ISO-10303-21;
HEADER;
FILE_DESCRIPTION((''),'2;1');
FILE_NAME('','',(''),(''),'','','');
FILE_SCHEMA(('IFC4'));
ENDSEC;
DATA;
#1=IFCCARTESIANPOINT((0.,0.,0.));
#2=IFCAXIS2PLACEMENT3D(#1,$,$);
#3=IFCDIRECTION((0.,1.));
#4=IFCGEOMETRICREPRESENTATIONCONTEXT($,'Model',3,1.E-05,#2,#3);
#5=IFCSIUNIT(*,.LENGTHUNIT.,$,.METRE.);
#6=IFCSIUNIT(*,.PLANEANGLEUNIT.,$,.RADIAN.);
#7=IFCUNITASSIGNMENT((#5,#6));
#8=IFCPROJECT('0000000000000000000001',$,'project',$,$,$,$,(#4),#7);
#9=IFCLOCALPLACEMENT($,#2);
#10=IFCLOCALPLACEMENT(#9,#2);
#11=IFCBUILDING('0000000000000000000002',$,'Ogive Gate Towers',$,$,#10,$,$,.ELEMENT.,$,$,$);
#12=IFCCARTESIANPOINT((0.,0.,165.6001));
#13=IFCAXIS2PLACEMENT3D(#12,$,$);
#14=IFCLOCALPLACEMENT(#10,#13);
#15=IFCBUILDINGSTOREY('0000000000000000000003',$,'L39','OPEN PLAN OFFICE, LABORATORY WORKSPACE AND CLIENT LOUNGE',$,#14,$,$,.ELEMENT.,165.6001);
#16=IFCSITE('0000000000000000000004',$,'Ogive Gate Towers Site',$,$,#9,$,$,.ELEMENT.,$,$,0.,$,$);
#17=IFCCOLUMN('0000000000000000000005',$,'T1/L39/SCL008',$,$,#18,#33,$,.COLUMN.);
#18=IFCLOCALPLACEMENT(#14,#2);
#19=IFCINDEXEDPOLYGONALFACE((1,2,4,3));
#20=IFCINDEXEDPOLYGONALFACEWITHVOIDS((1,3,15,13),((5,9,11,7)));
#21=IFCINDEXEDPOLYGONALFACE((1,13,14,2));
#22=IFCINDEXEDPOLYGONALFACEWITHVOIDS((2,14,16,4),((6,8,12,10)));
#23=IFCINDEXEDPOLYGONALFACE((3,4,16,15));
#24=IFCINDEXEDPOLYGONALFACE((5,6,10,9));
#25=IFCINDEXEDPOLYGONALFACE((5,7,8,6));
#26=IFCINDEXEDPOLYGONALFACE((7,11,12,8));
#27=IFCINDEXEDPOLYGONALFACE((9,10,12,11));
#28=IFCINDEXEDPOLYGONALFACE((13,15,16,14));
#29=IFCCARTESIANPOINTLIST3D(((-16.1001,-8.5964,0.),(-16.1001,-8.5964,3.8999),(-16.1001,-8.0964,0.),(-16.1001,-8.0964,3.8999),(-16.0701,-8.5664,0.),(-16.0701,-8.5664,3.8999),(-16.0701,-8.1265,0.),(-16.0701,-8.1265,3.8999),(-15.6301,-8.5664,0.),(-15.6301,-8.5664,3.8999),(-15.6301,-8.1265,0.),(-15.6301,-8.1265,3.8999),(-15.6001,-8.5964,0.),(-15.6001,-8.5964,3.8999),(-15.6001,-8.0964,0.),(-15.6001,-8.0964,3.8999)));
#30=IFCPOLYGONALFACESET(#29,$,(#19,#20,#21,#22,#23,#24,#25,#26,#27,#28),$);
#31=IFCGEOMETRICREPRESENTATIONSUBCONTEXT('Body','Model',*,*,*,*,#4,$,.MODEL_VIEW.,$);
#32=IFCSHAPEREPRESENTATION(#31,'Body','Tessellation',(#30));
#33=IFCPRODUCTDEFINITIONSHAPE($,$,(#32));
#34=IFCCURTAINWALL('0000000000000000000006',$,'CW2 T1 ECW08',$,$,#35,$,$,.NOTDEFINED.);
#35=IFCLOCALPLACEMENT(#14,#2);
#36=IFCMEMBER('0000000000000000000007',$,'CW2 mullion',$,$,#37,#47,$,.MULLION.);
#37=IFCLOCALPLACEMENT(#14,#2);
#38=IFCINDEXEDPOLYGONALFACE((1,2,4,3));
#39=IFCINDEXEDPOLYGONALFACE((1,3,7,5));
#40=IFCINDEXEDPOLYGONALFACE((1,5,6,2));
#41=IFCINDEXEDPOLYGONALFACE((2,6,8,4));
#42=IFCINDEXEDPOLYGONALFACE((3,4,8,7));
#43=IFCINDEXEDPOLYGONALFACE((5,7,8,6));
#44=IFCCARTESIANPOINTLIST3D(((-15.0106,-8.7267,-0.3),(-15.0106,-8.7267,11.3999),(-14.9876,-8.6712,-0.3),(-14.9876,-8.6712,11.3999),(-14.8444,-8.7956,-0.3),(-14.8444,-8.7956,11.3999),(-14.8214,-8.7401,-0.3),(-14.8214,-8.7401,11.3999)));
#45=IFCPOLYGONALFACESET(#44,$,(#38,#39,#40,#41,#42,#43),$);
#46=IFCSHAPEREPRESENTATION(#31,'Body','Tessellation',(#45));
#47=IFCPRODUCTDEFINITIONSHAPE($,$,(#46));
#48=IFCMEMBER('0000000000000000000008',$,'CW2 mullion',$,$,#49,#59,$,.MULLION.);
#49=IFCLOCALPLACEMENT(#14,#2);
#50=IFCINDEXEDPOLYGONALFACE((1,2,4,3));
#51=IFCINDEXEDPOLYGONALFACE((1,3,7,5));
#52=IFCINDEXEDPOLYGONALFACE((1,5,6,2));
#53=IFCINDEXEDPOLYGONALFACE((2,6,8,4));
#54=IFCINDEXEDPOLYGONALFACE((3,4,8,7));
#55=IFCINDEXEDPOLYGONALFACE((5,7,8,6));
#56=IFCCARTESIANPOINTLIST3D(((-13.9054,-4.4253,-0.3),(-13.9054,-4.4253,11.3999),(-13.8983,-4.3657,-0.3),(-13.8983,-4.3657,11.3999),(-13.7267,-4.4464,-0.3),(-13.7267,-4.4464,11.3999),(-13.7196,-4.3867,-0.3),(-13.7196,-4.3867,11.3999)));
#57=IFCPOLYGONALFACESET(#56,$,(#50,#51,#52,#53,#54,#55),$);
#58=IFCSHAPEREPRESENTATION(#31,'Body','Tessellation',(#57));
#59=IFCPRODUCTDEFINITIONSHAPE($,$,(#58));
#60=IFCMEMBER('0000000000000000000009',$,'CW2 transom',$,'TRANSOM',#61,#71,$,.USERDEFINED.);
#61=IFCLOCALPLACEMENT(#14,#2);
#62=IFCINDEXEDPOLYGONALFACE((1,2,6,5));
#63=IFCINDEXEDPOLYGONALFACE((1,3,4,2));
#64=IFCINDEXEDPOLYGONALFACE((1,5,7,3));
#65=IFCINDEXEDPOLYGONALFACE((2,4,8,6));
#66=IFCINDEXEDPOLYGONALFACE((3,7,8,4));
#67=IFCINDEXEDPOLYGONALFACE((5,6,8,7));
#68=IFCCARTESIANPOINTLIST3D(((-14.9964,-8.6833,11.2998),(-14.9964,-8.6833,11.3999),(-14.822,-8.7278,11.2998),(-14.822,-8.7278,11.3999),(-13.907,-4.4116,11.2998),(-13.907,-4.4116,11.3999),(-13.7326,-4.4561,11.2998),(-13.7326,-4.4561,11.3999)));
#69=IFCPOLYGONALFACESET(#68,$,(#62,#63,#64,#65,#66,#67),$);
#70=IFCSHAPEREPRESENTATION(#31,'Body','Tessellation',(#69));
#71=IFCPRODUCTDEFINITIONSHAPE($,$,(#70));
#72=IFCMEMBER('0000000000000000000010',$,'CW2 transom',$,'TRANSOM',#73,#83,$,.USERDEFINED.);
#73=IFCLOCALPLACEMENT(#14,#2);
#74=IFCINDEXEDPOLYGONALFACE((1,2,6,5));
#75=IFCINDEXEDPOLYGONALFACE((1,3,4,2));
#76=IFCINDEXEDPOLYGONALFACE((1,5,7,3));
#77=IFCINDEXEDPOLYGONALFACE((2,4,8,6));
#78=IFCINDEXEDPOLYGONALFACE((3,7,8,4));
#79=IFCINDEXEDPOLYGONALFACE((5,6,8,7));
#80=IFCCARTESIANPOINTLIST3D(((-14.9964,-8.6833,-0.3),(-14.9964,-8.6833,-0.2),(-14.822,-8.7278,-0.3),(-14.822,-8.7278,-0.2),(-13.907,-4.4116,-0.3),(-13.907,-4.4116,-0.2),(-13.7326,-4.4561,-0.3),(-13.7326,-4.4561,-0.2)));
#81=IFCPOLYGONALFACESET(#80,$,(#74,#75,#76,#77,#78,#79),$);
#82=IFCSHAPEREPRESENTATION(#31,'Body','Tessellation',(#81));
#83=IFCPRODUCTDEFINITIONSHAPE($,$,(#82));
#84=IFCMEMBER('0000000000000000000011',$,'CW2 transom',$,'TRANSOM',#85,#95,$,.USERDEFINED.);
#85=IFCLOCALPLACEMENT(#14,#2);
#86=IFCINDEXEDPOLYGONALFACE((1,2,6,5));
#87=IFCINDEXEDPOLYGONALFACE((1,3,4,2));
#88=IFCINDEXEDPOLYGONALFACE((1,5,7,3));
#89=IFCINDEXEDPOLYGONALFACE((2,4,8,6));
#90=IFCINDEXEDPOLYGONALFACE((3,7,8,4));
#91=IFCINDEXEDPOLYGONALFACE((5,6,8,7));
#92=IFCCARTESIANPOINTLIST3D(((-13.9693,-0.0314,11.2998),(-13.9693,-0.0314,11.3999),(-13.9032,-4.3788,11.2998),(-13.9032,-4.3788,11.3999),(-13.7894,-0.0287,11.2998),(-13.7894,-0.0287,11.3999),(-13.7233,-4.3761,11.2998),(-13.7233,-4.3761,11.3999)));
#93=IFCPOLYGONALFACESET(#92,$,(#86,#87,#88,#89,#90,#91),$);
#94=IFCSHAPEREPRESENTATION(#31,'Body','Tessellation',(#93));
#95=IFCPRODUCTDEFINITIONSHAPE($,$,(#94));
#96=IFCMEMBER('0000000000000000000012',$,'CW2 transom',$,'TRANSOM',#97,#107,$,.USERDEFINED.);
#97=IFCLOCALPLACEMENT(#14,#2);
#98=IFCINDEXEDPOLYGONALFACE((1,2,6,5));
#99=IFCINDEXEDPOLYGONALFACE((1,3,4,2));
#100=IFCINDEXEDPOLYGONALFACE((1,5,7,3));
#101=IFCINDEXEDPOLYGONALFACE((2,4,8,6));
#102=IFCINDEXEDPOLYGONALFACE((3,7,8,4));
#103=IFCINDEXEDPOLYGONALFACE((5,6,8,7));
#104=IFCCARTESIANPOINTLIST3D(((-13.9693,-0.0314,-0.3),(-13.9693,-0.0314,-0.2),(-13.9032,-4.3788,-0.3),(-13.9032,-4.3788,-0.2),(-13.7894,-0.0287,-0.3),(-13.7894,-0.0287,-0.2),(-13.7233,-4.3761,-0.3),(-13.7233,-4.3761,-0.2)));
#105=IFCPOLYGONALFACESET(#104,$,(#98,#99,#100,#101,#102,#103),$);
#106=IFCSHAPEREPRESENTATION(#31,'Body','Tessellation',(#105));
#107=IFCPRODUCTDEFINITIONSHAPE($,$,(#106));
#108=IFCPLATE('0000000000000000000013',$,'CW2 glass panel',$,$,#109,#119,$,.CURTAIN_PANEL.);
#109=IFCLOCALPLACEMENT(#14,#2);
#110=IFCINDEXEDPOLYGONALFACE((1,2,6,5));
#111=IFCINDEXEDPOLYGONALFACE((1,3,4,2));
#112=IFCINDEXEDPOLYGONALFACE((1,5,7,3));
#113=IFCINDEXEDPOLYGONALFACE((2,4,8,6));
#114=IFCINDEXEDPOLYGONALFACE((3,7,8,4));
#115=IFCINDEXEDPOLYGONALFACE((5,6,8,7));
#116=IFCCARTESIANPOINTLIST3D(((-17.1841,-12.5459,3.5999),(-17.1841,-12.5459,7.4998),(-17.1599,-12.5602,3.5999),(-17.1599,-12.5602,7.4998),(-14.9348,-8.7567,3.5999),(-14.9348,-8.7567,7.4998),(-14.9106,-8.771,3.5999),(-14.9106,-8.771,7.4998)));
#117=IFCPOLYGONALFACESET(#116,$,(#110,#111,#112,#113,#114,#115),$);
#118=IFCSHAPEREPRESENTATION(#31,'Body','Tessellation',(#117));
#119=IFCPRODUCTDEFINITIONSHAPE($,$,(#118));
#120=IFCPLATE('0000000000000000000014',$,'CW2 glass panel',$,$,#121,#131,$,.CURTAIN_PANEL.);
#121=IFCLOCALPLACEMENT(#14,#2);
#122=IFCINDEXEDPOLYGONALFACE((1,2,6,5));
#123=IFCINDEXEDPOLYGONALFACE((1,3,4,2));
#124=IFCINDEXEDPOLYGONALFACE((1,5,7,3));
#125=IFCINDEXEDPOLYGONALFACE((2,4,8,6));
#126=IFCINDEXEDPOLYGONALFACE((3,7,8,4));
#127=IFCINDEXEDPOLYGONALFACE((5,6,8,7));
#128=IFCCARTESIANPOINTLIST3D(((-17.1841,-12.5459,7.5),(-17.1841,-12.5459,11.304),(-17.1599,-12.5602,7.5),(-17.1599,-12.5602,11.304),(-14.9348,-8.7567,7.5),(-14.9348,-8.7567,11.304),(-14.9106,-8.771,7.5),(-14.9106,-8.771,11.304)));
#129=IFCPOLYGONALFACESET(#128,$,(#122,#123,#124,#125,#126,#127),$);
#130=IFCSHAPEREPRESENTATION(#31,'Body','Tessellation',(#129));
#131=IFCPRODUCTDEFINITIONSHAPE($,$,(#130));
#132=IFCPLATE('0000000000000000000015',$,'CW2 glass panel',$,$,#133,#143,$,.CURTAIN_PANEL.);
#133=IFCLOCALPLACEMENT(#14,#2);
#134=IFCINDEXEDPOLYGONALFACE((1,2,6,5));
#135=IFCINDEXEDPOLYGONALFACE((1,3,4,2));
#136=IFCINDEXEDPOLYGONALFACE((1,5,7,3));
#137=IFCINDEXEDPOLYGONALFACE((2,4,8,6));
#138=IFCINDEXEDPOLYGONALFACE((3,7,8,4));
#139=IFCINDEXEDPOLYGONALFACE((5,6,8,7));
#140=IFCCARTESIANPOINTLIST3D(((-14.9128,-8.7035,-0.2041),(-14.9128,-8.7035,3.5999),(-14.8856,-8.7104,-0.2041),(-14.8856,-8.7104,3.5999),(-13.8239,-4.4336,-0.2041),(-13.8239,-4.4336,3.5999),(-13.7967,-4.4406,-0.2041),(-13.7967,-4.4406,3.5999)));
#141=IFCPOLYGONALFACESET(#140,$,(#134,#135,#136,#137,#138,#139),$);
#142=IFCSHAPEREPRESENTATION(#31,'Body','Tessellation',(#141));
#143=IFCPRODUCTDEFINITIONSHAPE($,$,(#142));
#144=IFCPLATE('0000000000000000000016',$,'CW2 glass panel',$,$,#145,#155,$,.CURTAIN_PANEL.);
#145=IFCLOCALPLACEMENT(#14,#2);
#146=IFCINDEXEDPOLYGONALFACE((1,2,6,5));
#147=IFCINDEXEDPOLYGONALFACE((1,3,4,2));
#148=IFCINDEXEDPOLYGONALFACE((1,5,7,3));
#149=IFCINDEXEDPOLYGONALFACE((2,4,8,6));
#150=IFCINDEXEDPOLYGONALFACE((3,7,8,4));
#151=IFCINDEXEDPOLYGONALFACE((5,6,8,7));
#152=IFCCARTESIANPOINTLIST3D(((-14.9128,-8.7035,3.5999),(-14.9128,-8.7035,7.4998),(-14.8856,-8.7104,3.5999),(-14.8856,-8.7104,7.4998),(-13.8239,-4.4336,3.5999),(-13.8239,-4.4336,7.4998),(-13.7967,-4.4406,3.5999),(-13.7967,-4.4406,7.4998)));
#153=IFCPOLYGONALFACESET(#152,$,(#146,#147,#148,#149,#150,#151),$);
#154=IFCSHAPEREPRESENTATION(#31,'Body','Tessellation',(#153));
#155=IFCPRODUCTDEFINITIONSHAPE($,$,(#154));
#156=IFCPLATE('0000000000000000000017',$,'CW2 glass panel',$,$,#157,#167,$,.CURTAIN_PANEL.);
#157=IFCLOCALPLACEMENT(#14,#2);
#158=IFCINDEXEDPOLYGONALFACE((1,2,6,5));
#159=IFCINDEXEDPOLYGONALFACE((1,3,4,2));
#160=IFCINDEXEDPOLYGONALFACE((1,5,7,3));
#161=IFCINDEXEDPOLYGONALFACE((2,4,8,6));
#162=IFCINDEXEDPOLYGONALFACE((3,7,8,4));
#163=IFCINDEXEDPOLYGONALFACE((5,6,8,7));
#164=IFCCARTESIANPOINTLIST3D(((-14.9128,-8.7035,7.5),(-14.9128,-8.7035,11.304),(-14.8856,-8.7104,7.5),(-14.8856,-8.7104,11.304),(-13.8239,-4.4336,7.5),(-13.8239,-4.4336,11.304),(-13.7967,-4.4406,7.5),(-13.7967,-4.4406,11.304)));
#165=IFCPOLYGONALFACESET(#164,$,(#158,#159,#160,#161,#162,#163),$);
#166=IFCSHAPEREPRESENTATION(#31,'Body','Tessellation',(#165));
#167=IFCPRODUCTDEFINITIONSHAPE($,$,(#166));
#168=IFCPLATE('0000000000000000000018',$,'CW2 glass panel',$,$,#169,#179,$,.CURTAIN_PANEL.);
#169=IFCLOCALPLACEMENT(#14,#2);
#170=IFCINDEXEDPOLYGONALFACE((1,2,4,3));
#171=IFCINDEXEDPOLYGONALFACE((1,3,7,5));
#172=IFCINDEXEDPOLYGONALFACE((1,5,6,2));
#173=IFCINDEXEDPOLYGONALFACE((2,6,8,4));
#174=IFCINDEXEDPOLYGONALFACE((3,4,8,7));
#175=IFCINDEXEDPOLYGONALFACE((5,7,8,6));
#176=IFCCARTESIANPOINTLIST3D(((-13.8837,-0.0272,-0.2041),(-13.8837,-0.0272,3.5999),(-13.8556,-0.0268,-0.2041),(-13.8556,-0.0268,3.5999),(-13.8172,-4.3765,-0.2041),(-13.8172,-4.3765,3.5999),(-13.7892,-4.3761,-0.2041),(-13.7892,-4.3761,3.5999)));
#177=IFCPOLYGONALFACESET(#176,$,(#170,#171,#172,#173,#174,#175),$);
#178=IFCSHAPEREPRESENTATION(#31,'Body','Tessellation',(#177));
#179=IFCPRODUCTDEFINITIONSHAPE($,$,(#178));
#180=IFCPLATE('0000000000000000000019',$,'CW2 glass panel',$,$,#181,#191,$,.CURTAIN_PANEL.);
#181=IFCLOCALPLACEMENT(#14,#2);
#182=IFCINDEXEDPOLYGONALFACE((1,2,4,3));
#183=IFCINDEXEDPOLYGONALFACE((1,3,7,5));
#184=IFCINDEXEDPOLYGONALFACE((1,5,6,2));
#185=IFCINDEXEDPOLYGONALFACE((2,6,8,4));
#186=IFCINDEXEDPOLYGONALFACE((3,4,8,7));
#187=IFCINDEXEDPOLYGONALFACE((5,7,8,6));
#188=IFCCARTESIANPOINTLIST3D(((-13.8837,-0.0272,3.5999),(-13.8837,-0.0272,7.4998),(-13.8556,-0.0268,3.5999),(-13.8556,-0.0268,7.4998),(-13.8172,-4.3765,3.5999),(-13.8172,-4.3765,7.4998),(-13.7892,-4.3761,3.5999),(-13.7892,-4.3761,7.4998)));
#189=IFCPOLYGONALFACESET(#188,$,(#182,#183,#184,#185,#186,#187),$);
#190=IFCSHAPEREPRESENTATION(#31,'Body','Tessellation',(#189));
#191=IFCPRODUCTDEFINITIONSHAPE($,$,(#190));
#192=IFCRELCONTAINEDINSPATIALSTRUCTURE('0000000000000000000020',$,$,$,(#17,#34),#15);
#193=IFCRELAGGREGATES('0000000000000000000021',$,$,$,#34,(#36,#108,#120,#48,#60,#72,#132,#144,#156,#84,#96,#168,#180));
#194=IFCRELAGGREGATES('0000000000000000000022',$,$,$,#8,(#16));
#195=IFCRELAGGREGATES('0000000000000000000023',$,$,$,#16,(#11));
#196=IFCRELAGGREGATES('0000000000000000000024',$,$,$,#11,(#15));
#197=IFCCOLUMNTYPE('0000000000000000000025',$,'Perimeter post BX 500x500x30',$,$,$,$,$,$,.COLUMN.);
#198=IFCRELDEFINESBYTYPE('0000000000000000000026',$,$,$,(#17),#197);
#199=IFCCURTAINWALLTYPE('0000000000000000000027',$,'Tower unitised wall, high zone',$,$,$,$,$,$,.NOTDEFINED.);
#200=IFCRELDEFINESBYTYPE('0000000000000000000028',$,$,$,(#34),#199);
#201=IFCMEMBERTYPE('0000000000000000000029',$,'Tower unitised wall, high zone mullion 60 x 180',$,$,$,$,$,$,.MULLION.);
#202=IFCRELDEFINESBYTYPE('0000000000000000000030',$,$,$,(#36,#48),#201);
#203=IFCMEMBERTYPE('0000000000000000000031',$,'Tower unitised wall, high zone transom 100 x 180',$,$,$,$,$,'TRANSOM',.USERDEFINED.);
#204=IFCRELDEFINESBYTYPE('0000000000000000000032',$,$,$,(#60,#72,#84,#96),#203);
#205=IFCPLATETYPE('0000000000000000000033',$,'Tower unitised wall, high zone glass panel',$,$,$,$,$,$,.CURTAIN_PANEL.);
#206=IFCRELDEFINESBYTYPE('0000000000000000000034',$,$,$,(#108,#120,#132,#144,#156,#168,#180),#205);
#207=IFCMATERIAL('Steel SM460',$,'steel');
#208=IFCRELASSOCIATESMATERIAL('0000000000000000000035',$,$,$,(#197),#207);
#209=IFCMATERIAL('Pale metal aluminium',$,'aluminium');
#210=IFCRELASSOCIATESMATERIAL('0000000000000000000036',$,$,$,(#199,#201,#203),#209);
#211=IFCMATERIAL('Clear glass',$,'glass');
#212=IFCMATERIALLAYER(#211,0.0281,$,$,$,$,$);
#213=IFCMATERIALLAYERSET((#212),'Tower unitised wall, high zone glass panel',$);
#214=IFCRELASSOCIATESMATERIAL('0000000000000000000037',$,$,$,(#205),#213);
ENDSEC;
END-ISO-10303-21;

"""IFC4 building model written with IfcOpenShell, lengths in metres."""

from ifc_helpers import new_model, si_unit, direction, frame, origin, origin_2d, place, context, subcontext, project, spatial, rectangle, hollow_rectangle, extrude, material, layer, layer_set, material_profile, profile_set, type_object, element, aggregate, save


model = new_model("IFC4")

# Units and contexts
model_context = context("Model", 3, precision=1e-05, world=origin(), true_north=direction((0.0, 1.0)))
body_context = subcontext(model_context, "Body", "Model", "MODEL_VIEW")
ifc_project = project(units=[si_unit("LENGTHUNIT", "METRE"), si_unit("PLANEANGLEUNIT", "RADIAN")], contexts=[model_context])

# Site, building, storey
site_placement = place(None, origin())
site = spatial("IfcSite", under=ifc_project, at=site_placement, Name="Ogive Gate Towers Site", CompositionType="ELEMENT", RefElevation=0.0)
building_placement = place(site_placement, origin())
building = spatial("IfcBuilding", under=site, at=building_placement, Name="Ogive Gate Towers", CompositionType="ELEMENT")
storey_placement = place(building_placement, frame((0.0, 0.0, 165.6001)))
storey = spatial("IfcBuildingStorey", under=building, at=storey_placement, Name="L39", Description="OPEN PLAN OFFICE, LABORATORY WORKSPACE AND CLIENT LOUNGE", CompositionType="ELEMENT", Elevation=165.6001)

# Column
ifc_material_1 = material(Name="Steel SM460", Category="steel")
ifc_material_profile_1 = material_profile(ifc_material_1, hollow_rectangle(XDim=0.5, YDim=0.5, WallThickness=0.03, at=origin_2d()), Name="BX 500x500x30")
ifc_profile_set_1 = profile_set([ifc_material_profile_1], Name="Steel SM460")
column_type = type_object("IfcColumnType", Name="Perimeter post BX 500x500x30", PredefinedType="COLUMN", material=ifc_profile_set_1)
column_placement = place(storey_placement, frame((-15.8501, -8.3464, 0.0), z_axis=(0.0, 0.0, 1.0), x_axis=(1.0, 0.0, 0.0)))
element("IfcColumn", 1, at=column_placement, inside=storey, type_object=column_type, Name="T1/L39/SCL008", PredefinedType="COLUMN", context=body_context, shape_type="SweptSolid", body=[
    extrude(hollow_rectangle(XDim=0.5, YDim=0.5, WallThickness=0.03, at=origin_2d()), origin(), (0.0, 0.0, 1.0), 3.8999),
])

# Curtain wall, members, plates
ifc_material_2 = material(Name="Pale metal aluminium", Category="aluminium")
curtain_wall_type = type_object("IfcCurtainWallType", Name="Tower unitised wall, high zone", PredefinedType="NOTDEFINED", material=ifc_material_2)
curtain_wall_placement = place(storey_placement, origin())
curtain_wall = element("IfcCurtainWall", 2, at=curtain_wall_placement, inside=storey, type_object=curtain_wall_type, Name="CW2 T1 ECW08", PredefinedType="NOTDEFINED")
ifc_material_profile_2 = material_profile(ifc_material_2, rectangle(XDim=0.1799, YDim=0.0601, at=origin_2d()), Name="60 x 180 aluminium box")
ifc_profile_set_2 = profile_set([ifc_material_profile_2], Name="Pale metal aluminium")
member_type_1 = type_object("IfcMemberType", Name="Tower unitised wall, high zone mullion 60 x 180", PredefinedType="MULLION", material=ifc_profile_set_2)
member_1_placement = place(storey_placement, frame((-14.916, -8.7334, -0.3), z_axis=(0.0, 0.0, 1.0), x_axis=(0.92388, -0.382683, 0.0)))
member_1 = element("IfcMember", 3, at=member_1_placement, type_object=member_type_1, Name="CW2 mullion", PredefinedType="MULLION", context=body_context, shape_type="SweptSolid", body=[
    extrude(rectangle(XDim=0.1799, YDim=0.0601, at=origin_2d()), origin(), (0.0, 0.0, 1.0), 11.7),
])
member_2_placement = place(storey_placement, frame((-13.8125, -4.406, -0.3), z_axis=(0.0, 0.0, 1.0), x_axis=(0.993138, -0.116948, 0.0)))
member_2 = element("IfcMember", 4, at=member_2_placement, type_object=member_type_1, Name="CW2 mullion", PredefinedType="MULLION", context=body_context, shape_type="SweptSolid", body=[
    extrude(rectangle(XDim=0.1799, YDim=0.0601, at=origin_2d()), origin(), (0.0, 0.0, 1.0), 11.7),
])
ifc_material_profile_3 = material_profile(ifc_material_2, rectangle(XDim=0.1799, YDim=0.1001, at=origin_2d()), Name="100 x 180 aluminium box")
ifc_profile_set_3 = profile_set([ifc_material_profile_3], Name="Pale metal aluminium")
member_type_2 = type_object("IfcMemberType", Name="Tower unitised wall, high zone transom 100 x 180", ElementType="TRANSOM", PredefinedType="USERDEFINED", material=ifc_profile_set_3)
member_3_placement = place(storey_placement, frame((-14.9092, -8.7056, 11.3499), z_axis=(0.247107, 0.968988, 0.0), x_axis=(-0.968988, 0.247107, 0.0)))
member_3 = element("IfcMember", 5, at=member_3_placement, type_object=member_type_2, Name="CW2 transom", ObjectType="TRANSOM", PredefinedType="USERDEFINED", context=body_context, shape_type="SweptSolid", body=[
    extrude(rectangle(XDim=0.1799, YDim=0.1001, at=origin_2d()), origin(), (0.0, 0.0, 1.0), 4.4084),
])
member_4_placement = place(storey_placement, frame((-14.9092, -8.7056, -0.25), z_axis=(0.247107, 0.968988, 0.0), x_axis=(-0.968988, 0.247107, 0.0)))
member_4 = element("IfcMember", 6, at=member_4_placement, type_object=member_type_2, Name="CW2 transom", ObjectType="TRANSOM", PredefinedType="USERDEFINED", context=body_context, shape_type="SweptSolid", body=[
    extrude(rectangle(XDim=0.1799, YDim=0.1001, at=origin_2d()), origin(), (0.0, 0.0, 1.0), 4.4084),
])
member_5_placement = place(storey_placement, frame((-13.8132, -4.3774, 11.3499), z_axis=(-0.015217, 0.999884, 0.0), x_axis=(-0.999884, -0.015217, 0.0)))
member_5 = element("IfcMember", 7, at=member_5_placement, type_object=member_type_2, Name="CW2 transom", ObjectType="TRANSOM", PredefinedType="USERDEFINED", context=body_context, shape_type="SweptSolid", body=[
    extrude(rectangle(XDim=0.1799, YDim=0.1001, at=origin_2d()), origin(), (0.0, 0.0, 1.0), 4.3479),
])
member_6_placement = place(storey_placement, frame((-13.8132, -4.3774, -0.25), z_axis=(-0.015217, 0.999884, 0.0), x_axis=(-0.999884, -0.015217, 0.0)))
member_6 = element("IfcMember", 8, at=member_6_placement, type_object=member_type_2, Name="CW2 transom", ObjectType="TRANSOM", PredefinedType="USERDEFINED", context=body_context, shape_type="SweptSolid", body=[
    extrude(rectangle(XDim=0.1799, YDim=0.1001, at=origin_2d()), origin(), (0.0, 0.0, 1.0), 4.3479),
])
ifc_material_3 = material(Name="Clear glass", Category="glass")
ifc_layer_1 = layer(ifc_material_3, 0.0281)
ifc_layer_set_1 = layer_set([ifc_layer_1], Name="Tower unitised wall, high zone glass panel")
plate_type = type_object("IfcPlateType", Name="Tower unitised wall, high zone glass panel", PredefinedType="CURTAIN_PANEL", material=ifc_layer_set_1)
plate_1_placement = place(storey_placement, frame((-16.0474, -10.6584, 3.5999), z_axis=(0.0, 0.0, 1.0), x_axis=(0.510453, 0.859906, 0.0)))
plate_1 = element("IfcPlate", 9, at=plate_1_placement, type_object=plate_type, Name="CW2 glass panel", PredefinedType="CURTAIN_PANEL", context=body_context, shape_type="SweptSolid", body=[
    extrude(rectangle(XDim=4.4065, YDim=0.0281, at=origin_2d()), origin(), (0.0, 0.0, 1.0), 3.8999),
])
plate_2_placement = place(storey_placement, frame((-16.0474, -10.6584, 7.5), z_axis=(0.0, 0.0, 1.0), x_axis=(0.510453, 0.859906, 0.0)))
plate_2 = element("IfcPlate", 10, at=plate_2_placement, type_object=plate_type, Name="CW2 glass panel", PredefinedType="CURTAIN_PANEL", context=body_context, shape_type="SweptSolid", body=[
    extrude(rectangle(XDim=4.4065, YDim=0.0281, at=origin_2d()), origin(), (0.0, 0.0, 1.0), 3.804),
])
plate_3_placement = place(storey_placement, frame((-14.3547, -6.572, -0.2041), z_axis=(0.0, 0.0, 1.0), x_axis=(0.2471, 0.96899, 0.0)))
plate_3 = element("IfcPlate", 11, at=plate_3_placement, type_object=plate_type, Name="CW2 glass panel", PredefinedType="CURTAIN_PANEL", context=body_context, shape_type="SweptSolid", body=[
    extrude(rectangle(XDim=4.4065, YDim=0.0281, at=origin_2d()), origin(), (0.0, 0.0, 1.0), 3.804),
])
plate_4_placement = place(storey_placement, frame((-14.3547, -6.572, 3.5999), z_axis=(0.0, 0.0, 1.0), x_axis=(0.2471, 0.96899, 0.0)))
plate_4 = element("IfcPlate", 12, at=plate_4_placement, type_object=plate_type, Name="CW2 glass panel", PredefinedType="CURTAIN_PANEL", context=body_context, shape_type="SweptSolid", body=[
    extrude(rectangle(XDim=4.4065, YDim=0.0281, at=origin_2d()), origin(), (0.0, 0.0, 1.0), 3.8999),
])
plate_5_placement = place(storey_placement, frame((-14.3547, -6.572, 7.5), z_axis=(0.0, 0.0, 1.0), x_axis=(0.2471, 0.96899, 0.0)))
plate_5 = element("IfcPlate", 13, at=plate_5_placement, type_object=plate_type, Name="CW2 glass panel", PredefinedType="CURTAIN_PANEL", context=body_context, shape_type="SweptSolid", body=[
    extrude(rectangle(XDim=4.4065, YDim=0.0281, at=origin_2d()), origin(), (0.0, 0.0, 1.0), 3.804),
])
plate_6_placement = place(storey_placement, frame((-13.8364, -2.2017, -0.2041), z_axis=(0.0, 0.0, 1.0), x_axis=(-0.015271, 0.999883, 0.0)))
plate_6 = element("IfcPlate", 14, at=plate_6_placement, type_object=plate_type, Name="CW2 glass panel", PredefinedType="CURTAIN_PANEL", context=body_context, shape_type="SweptSolid", body=[
    extrude(rectangle(XDim=4.3499, YDim=0.0281, at=origin_2d()), origin(), (0.0, 0.0, 1.0), 3.804),
])
plate_7_placement = place(storey_placement, frame((-13.8364, -2.2017, 3.5999), z_axis=(0.0, 0.0, 1.0), x_axis=(-0.015271, 0.999883, 0.0)))
plate_7 = element("IfcPlate", 15, at=plate_7_placement, type_object=plate_type, Name="CW2 glass panel", PredefinedType="CURTAIN_PANEL", context=body_context, shape_type="SweptSolid", body=[
    extrude(rectangle(XDim=4.3499, YDim=0.0281, at=origin_2d()), origin(), (0.0, 0.0, 1.0), 3.8999),
])
aggregate(curtain_wall, [member_1, plate_1, plate_2, member_2, member_3, member_4, plate_3, plate_4, plate_5, member_5, member_6, plate_6, plate_7])

save(model, "model.ifc")
